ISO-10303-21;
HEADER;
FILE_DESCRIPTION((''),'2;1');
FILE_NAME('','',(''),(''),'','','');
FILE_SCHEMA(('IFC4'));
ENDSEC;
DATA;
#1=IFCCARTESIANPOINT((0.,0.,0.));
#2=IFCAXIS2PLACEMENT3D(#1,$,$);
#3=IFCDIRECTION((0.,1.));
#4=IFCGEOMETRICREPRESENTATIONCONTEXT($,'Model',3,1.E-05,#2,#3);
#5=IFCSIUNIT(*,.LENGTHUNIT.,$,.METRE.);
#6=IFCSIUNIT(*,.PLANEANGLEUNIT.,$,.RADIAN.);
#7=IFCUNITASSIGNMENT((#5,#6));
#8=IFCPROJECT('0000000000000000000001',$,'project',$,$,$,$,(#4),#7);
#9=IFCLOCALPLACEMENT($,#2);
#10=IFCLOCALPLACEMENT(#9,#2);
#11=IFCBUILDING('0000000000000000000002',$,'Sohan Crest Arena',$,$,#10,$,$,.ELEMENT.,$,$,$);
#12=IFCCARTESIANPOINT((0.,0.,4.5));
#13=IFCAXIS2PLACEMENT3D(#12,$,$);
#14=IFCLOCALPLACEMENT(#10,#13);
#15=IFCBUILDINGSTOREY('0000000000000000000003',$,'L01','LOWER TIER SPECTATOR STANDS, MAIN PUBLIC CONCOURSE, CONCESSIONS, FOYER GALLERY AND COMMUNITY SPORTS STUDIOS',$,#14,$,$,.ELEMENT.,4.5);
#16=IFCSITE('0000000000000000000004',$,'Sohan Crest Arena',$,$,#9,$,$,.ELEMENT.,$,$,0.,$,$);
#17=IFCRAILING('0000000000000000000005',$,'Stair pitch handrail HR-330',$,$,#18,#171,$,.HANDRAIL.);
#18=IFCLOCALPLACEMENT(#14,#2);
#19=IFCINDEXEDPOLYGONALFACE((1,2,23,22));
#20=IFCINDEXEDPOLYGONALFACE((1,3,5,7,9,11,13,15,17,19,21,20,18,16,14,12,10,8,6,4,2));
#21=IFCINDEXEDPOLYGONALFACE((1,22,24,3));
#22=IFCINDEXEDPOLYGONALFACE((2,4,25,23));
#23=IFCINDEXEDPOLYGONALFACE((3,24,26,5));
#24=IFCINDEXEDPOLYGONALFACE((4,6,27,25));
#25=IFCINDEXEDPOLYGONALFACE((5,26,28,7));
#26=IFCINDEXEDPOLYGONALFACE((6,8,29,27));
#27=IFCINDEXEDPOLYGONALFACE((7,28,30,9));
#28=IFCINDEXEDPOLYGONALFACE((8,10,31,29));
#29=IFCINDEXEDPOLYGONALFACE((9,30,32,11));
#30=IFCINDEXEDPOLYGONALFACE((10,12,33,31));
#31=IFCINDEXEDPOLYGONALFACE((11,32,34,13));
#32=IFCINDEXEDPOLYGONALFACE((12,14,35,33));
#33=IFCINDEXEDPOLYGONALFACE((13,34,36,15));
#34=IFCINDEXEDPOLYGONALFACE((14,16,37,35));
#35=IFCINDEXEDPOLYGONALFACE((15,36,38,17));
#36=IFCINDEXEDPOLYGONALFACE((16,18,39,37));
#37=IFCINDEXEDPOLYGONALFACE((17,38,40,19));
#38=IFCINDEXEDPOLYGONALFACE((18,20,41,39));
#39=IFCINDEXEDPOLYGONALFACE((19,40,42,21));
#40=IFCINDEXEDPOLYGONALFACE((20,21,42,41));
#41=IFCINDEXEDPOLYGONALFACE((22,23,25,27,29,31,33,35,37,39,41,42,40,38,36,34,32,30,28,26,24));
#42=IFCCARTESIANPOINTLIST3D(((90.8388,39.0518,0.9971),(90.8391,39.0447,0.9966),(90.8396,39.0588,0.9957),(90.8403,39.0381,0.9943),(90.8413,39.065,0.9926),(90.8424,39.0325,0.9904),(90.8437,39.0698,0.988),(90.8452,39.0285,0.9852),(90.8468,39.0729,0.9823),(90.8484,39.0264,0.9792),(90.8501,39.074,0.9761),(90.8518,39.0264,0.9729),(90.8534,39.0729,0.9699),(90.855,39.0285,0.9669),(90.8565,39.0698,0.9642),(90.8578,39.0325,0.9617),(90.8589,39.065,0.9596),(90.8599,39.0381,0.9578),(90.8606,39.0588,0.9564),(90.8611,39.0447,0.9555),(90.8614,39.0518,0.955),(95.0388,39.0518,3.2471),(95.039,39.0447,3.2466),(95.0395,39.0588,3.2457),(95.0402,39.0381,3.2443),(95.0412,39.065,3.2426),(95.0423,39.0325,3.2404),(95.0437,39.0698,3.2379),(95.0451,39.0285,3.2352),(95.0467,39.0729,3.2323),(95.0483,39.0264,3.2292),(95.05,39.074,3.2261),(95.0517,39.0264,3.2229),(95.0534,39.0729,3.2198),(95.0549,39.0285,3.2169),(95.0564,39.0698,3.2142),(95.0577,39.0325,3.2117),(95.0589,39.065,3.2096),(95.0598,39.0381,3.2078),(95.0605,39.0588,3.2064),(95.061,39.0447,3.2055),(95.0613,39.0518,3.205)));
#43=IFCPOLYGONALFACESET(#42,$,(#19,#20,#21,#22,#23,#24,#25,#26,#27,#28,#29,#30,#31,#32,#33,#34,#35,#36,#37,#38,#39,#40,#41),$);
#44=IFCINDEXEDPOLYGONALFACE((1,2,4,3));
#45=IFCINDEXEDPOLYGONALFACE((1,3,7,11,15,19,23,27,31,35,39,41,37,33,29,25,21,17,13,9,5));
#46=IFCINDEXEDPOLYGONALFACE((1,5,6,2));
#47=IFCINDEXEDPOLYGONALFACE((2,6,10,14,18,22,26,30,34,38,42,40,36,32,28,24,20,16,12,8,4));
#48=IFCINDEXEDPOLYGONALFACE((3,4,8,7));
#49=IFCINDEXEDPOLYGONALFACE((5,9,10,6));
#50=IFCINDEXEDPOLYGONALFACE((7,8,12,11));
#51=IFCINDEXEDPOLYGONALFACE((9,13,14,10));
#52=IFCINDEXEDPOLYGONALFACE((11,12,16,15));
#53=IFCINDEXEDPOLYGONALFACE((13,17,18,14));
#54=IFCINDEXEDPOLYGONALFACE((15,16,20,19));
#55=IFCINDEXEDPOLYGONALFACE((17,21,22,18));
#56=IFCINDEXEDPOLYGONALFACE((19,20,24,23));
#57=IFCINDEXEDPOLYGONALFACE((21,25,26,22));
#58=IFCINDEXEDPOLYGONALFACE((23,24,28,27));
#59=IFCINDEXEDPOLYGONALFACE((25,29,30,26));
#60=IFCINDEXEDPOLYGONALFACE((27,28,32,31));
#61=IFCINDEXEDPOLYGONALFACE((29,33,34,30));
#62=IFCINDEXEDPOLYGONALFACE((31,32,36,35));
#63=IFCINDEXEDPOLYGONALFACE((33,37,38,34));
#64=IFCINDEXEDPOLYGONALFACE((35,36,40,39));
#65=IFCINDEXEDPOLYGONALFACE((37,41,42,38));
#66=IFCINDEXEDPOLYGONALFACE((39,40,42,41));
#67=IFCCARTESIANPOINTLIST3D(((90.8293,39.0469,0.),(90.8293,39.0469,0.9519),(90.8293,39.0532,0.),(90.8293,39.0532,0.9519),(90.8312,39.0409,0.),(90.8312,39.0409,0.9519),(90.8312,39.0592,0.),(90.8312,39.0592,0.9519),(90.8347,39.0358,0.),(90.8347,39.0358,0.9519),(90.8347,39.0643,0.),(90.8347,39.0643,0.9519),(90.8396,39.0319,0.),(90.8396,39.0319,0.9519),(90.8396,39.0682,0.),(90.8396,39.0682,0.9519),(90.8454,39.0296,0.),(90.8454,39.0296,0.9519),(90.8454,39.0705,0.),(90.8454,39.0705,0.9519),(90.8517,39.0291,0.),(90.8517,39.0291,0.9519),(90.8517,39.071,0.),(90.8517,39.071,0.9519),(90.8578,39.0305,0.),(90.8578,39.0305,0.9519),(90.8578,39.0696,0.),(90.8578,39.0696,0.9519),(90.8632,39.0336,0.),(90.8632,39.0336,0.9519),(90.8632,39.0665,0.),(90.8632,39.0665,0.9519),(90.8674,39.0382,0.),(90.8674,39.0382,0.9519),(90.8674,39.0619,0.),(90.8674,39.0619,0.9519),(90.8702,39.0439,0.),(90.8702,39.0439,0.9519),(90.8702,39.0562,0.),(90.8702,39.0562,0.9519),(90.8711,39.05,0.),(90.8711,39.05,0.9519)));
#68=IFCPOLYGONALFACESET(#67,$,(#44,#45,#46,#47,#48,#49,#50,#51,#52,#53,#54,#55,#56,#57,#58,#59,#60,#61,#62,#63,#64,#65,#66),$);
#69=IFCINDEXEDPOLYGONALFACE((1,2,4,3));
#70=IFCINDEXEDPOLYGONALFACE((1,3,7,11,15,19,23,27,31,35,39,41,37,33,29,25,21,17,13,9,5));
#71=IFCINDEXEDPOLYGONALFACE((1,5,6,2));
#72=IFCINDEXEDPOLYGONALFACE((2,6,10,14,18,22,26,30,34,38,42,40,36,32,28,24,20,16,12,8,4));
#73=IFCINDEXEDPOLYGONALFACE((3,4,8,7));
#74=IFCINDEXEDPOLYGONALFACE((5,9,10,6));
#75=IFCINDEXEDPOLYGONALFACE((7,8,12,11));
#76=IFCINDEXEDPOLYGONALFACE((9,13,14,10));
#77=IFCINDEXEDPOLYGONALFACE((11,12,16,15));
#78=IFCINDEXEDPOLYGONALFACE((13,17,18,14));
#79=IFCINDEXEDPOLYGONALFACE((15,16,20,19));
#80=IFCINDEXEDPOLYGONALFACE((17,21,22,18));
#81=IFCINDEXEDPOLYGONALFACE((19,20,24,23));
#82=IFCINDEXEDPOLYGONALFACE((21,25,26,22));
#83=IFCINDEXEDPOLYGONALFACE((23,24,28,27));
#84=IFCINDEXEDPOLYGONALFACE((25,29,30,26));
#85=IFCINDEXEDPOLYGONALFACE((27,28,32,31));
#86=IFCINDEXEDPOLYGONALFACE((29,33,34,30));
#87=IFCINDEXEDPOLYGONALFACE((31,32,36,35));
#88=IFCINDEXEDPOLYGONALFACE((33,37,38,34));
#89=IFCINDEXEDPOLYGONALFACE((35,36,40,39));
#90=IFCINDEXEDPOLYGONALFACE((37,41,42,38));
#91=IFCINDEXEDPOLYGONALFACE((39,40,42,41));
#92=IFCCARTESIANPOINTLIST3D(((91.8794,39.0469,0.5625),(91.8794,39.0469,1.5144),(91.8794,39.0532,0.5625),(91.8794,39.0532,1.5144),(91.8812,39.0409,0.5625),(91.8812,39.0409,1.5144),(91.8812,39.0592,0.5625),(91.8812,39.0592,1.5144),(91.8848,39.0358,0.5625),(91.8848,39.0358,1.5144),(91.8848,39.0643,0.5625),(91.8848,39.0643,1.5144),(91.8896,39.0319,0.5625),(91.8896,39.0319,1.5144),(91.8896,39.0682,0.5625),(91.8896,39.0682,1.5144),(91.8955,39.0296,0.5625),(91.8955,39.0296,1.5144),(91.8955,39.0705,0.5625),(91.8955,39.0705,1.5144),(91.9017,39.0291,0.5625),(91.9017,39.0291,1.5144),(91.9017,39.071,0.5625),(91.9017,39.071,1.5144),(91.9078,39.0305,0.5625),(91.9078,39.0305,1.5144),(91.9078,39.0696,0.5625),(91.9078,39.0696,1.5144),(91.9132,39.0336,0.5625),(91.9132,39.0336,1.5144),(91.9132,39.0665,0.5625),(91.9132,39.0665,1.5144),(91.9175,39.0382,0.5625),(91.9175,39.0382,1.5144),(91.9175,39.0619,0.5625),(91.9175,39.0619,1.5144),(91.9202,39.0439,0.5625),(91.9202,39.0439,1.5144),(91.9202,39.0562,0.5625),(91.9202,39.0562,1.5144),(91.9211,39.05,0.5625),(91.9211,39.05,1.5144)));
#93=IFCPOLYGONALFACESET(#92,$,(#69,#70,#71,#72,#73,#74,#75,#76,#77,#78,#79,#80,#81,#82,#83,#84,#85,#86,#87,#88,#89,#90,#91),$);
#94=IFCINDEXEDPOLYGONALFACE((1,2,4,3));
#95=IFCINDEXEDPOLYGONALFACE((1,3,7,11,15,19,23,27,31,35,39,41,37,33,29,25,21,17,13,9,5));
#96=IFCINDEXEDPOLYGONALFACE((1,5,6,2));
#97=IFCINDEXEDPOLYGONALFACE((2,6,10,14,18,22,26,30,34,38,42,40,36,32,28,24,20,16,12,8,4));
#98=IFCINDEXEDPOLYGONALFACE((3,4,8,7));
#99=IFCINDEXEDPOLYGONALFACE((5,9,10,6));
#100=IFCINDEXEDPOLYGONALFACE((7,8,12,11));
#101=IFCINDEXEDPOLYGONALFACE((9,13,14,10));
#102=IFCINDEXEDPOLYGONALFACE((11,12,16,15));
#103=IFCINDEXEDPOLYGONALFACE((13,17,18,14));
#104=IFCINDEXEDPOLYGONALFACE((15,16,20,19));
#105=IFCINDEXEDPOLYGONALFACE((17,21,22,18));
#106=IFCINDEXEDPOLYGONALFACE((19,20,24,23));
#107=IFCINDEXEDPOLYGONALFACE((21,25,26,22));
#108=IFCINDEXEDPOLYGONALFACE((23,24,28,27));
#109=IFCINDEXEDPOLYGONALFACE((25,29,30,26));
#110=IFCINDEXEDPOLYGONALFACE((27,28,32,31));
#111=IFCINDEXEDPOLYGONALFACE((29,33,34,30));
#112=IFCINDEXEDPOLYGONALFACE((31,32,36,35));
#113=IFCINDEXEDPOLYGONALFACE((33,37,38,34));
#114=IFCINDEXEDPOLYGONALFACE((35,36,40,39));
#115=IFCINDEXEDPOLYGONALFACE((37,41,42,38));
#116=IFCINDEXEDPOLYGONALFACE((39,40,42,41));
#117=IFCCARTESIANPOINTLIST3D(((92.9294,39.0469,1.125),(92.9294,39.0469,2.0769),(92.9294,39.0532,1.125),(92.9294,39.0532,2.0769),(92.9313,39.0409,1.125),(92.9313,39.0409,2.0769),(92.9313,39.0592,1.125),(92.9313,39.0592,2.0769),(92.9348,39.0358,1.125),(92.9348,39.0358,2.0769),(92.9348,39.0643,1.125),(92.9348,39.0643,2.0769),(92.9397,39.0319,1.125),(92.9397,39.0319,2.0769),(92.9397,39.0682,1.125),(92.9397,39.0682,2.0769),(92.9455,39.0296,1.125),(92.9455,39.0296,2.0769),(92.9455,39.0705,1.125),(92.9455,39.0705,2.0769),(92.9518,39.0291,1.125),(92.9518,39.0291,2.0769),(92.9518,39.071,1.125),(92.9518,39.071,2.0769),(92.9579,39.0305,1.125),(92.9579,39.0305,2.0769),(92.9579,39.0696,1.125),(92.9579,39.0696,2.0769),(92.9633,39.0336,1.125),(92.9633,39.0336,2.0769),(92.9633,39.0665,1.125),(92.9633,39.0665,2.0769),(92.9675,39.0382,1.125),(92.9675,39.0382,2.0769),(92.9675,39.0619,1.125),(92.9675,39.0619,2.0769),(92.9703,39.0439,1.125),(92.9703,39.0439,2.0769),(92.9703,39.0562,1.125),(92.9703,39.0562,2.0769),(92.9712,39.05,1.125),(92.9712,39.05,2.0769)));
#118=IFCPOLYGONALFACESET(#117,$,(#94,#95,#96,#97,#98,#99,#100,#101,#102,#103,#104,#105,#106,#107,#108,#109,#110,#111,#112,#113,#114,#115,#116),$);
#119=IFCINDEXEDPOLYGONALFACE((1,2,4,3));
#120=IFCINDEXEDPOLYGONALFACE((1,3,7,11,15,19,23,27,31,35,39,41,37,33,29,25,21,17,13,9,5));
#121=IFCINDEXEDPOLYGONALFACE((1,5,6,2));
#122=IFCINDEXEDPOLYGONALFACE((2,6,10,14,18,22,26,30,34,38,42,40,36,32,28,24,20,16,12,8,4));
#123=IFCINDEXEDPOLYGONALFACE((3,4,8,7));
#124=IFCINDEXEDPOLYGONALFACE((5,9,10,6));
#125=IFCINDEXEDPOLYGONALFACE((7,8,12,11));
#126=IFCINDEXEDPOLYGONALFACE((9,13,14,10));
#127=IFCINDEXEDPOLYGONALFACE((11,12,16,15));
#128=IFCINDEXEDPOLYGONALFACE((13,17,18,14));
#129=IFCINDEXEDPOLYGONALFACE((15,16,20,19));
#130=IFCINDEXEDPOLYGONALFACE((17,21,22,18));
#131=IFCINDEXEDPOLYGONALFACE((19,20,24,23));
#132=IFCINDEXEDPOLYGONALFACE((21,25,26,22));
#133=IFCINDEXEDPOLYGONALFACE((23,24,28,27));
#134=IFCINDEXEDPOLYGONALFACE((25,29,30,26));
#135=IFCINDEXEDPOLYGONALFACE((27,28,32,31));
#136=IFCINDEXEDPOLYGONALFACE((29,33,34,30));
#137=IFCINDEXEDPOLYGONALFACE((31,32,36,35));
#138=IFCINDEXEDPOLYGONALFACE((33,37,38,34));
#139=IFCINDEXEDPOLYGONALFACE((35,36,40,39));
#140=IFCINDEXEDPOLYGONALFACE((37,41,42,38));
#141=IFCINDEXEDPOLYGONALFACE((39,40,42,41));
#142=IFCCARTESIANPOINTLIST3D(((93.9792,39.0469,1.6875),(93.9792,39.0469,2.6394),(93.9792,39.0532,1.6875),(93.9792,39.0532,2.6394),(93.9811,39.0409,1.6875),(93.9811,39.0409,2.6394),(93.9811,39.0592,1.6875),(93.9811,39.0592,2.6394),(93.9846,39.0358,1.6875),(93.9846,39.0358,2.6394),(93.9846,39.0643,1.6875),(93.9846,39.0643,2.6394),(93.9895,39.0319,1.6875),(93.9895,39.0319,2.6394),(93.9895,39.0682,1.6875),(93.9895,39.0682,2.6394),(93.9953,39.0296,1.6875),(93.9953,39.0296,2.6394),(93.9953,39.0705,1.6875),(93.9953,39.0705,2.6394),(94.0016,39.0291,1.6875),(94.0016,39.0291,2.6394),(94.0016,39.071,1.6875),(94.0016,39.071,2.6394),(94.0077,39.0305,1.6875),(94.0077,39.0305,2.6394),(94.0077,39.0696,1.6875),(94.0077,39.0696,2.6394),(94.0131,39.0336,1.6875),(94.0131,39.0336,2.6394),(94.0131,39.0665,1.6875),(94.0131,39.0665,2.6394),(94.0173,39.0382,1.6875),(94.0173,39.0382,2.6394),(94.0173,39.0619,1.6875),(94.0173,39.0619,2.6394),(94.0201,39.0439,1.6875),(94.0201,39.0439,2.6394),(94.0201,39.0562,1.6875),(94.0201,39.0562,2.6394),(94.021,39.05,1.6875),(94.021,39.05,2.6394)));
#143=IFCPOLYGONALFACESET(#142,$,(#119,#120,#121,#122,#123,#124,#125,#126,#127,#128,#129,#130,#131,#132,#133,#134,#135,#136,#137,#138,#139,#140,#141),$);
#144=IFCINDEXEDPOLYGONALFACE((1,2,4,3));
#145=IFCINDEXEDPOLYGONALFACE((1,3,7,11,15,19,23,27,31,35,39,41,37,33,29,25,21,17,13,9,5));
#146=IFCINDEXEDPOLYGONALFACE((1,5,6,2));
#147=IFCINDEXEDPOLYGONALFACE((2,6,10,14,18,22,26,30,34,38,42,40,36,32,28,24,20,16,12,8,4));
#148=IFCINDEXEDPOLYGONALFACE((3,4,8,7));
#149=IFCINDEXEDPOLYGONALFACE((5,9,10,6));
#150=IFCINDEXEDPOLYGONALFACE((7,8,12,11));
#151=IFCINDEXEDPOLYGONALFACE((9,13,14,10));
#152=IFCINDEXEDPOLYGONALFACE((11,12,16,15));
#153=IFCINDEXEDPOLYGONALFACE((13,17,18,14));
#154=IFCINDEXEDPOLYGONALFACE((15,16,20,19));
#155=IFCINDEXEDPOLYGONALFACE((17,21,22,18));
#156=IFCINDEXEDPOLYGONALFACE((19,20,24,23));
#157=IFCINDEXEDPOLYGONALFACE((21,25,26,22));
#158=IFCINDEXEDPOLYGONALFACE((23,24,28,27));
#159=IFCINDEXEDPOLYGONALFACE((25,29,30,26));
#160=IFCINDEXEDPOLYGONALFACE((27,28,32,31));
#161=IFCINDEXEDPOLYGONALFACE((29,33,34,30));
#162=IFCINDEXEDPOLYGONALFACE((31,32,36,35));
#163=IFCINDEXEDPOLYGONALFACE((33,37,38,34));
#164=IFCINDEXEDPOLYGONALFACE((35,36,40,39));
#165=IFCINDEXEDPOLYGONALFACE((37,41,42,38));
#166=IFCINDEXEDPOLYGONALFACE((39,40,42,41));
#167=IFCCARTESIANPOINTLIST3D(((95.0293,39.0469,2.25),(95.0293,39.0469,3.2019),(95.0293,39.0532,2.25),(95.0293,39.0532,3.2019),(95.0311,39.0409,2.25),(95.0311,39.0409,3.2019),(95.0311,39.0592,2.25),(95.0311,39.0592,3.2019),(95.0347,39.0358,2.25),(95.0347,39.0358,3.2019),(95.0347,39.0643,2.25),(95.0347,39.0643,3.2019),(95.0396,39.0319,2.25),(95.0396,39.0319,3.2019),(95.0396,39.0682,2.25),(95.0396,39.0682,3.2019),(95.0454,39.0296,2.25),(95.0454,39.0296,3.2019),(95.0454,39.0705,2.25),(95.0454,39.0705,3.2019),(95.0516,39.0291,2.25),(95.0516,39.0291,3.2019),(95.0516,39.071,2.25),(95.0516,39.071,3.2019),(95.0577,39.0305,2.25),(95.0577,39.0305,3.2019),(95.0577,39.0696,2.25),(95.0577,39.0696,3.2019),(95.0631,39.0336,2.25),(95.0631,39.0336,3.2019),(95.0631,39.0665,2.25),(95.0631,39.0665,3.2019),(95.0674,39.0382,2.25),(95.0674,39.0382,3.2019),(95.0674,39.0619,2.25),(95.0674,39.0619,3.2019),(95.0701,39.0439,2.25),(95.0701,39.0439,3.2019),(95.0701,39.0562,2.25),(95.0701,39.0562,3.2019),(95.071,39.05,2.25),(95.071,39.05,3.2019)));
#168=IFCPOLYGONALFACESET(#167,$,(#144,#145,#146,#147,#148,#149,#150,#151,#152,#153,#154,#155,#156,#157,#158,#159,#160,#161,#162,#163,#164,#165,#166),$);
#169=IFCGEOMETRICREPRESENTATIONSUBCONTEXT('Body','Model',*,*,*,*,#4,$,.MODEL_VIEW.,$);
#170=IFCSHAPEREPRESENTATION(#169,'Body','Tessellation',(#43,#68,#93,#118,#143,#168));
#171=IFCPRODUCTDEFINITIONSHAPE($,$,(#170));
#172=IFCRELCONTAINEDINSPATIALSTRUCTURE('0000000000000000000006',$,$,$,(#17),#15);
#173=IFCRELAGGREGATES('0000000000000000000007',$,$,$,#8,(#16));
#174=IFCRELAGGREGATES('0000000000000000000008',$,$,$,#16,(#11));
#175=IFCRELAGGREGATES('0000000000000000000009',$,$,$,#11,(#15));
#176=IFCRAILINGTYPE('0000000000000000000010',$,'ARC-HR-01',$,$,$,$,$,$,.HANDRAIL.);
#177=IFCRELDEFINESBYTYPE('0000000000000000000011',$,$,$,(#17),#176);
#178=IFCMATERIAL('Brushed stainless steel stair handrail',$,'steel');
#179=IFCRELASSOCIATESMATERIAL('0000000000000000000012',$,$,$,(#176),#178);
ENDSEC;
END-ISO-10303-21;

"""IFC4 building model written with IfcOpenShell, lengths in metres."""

from ifc_helpers import new_model, si_unit, direction, frame, origin, origin_2d, place, context, subcontext, project, spatial, circle, extrude, material, type_object, element, save


model = new_model("IFC4")

# Units and contexts
model_context = context("Model", 3, precision=1e-05, world=origin(), true_north=direction((0.0, 1.0)))
body_context = subcontext(model_context, "Body", "Model", "MODEL_VIEW")
ifc_project = project(units=[si_unit("LENGTHUNIT", "METRE"), si_unit("PLANEANGLEUNIT", "RADIAN")], contexts=[model_context])

# Site, building, storey
site_placement = place(None, origin())
site = spatial("IfcSite", under=ifc_project, at=site_placement, Name="Sohan Crest Arena", CompositionType="ELEMENT", RefElevation=0.0)
building_placement = place(site_placement, origin())
building = spatial("IfcBuilding", under=site, at=building_placement, Name="Sohan Crest Arena", CompositionType="ELEMENT")
storey_placement = place(building_placement, frame((0.0, 0.0, 4.5)))
storey = spatial("IfcBuildingStorey", under=building, at=storey_placement, Name="L01", Description="LOWER TIER SPECTATOR STANDS, MAIN PUBLIC CONCOURSE, CONCESSIONS, FOYER GALLERY AND COMMUNITY SPORTS STUDIOS", CompositionType="ELEMENT", Elevation=4.5)

# Railing
ifc_material_1 = material(Name="Brushed stainless steel stair handrail", Category="steel")
railing_type_1 = type_object("IfcRailingType", Name="ARC-HR-01", PredefinedType="HANDRAIL", material=ifc_material_1)
for number, where, name in (
    (1, (90.8501, 39.05, 0.0), "Stair pitch handrail HR-330"),
):
    element("IfcRailing", number, at=place(storey_placement, frame(where)), inside=storey, type_object=railing_type_1, Name=name, PredefinedType="HANDRAIL", context=body_context, shape_type="SweptSolid", body=[
        extrude(circle(Radius=0.0239, at=origin_2d()), frame((0.0, 0.0, 0.9761), z_axis=(0.881478, 0.0, 0.472226), x_axis=(0.0, 1.0, 0.0)), (0.0, 0.0, 1.0), 4.7646),
        extrude(circle(Radius=0.021, at=origin_2d()), origin(), (0.0, 0.0, 1.0), 0.9519),
        extrude(circle(Radius=0.021, at=origin_2d()), frame((1.05, 0.0, 0.5625)), (0.0, 0.0, 1.0), 0.9519),
        extrude(circle(Radius=0.021, at=origin_2d()), frame((2.1001, 0.0, 1.125)), (0.0, 0.0, 1.0), 0.9519),
        extrude(circle(Radius=0.021, at=origin_2d()), frame((3.1499, 0.0, 1.6875)), (0.0, 0.0, 1.0), 0.9519),
        extrude(circle(Radius=0.021, at=origin_2d()), frame((4.2, 0.0, 2.25)), (0.0, 0.0, 1.0), 0.9519),
    ])

save(model, "model.ifc")
